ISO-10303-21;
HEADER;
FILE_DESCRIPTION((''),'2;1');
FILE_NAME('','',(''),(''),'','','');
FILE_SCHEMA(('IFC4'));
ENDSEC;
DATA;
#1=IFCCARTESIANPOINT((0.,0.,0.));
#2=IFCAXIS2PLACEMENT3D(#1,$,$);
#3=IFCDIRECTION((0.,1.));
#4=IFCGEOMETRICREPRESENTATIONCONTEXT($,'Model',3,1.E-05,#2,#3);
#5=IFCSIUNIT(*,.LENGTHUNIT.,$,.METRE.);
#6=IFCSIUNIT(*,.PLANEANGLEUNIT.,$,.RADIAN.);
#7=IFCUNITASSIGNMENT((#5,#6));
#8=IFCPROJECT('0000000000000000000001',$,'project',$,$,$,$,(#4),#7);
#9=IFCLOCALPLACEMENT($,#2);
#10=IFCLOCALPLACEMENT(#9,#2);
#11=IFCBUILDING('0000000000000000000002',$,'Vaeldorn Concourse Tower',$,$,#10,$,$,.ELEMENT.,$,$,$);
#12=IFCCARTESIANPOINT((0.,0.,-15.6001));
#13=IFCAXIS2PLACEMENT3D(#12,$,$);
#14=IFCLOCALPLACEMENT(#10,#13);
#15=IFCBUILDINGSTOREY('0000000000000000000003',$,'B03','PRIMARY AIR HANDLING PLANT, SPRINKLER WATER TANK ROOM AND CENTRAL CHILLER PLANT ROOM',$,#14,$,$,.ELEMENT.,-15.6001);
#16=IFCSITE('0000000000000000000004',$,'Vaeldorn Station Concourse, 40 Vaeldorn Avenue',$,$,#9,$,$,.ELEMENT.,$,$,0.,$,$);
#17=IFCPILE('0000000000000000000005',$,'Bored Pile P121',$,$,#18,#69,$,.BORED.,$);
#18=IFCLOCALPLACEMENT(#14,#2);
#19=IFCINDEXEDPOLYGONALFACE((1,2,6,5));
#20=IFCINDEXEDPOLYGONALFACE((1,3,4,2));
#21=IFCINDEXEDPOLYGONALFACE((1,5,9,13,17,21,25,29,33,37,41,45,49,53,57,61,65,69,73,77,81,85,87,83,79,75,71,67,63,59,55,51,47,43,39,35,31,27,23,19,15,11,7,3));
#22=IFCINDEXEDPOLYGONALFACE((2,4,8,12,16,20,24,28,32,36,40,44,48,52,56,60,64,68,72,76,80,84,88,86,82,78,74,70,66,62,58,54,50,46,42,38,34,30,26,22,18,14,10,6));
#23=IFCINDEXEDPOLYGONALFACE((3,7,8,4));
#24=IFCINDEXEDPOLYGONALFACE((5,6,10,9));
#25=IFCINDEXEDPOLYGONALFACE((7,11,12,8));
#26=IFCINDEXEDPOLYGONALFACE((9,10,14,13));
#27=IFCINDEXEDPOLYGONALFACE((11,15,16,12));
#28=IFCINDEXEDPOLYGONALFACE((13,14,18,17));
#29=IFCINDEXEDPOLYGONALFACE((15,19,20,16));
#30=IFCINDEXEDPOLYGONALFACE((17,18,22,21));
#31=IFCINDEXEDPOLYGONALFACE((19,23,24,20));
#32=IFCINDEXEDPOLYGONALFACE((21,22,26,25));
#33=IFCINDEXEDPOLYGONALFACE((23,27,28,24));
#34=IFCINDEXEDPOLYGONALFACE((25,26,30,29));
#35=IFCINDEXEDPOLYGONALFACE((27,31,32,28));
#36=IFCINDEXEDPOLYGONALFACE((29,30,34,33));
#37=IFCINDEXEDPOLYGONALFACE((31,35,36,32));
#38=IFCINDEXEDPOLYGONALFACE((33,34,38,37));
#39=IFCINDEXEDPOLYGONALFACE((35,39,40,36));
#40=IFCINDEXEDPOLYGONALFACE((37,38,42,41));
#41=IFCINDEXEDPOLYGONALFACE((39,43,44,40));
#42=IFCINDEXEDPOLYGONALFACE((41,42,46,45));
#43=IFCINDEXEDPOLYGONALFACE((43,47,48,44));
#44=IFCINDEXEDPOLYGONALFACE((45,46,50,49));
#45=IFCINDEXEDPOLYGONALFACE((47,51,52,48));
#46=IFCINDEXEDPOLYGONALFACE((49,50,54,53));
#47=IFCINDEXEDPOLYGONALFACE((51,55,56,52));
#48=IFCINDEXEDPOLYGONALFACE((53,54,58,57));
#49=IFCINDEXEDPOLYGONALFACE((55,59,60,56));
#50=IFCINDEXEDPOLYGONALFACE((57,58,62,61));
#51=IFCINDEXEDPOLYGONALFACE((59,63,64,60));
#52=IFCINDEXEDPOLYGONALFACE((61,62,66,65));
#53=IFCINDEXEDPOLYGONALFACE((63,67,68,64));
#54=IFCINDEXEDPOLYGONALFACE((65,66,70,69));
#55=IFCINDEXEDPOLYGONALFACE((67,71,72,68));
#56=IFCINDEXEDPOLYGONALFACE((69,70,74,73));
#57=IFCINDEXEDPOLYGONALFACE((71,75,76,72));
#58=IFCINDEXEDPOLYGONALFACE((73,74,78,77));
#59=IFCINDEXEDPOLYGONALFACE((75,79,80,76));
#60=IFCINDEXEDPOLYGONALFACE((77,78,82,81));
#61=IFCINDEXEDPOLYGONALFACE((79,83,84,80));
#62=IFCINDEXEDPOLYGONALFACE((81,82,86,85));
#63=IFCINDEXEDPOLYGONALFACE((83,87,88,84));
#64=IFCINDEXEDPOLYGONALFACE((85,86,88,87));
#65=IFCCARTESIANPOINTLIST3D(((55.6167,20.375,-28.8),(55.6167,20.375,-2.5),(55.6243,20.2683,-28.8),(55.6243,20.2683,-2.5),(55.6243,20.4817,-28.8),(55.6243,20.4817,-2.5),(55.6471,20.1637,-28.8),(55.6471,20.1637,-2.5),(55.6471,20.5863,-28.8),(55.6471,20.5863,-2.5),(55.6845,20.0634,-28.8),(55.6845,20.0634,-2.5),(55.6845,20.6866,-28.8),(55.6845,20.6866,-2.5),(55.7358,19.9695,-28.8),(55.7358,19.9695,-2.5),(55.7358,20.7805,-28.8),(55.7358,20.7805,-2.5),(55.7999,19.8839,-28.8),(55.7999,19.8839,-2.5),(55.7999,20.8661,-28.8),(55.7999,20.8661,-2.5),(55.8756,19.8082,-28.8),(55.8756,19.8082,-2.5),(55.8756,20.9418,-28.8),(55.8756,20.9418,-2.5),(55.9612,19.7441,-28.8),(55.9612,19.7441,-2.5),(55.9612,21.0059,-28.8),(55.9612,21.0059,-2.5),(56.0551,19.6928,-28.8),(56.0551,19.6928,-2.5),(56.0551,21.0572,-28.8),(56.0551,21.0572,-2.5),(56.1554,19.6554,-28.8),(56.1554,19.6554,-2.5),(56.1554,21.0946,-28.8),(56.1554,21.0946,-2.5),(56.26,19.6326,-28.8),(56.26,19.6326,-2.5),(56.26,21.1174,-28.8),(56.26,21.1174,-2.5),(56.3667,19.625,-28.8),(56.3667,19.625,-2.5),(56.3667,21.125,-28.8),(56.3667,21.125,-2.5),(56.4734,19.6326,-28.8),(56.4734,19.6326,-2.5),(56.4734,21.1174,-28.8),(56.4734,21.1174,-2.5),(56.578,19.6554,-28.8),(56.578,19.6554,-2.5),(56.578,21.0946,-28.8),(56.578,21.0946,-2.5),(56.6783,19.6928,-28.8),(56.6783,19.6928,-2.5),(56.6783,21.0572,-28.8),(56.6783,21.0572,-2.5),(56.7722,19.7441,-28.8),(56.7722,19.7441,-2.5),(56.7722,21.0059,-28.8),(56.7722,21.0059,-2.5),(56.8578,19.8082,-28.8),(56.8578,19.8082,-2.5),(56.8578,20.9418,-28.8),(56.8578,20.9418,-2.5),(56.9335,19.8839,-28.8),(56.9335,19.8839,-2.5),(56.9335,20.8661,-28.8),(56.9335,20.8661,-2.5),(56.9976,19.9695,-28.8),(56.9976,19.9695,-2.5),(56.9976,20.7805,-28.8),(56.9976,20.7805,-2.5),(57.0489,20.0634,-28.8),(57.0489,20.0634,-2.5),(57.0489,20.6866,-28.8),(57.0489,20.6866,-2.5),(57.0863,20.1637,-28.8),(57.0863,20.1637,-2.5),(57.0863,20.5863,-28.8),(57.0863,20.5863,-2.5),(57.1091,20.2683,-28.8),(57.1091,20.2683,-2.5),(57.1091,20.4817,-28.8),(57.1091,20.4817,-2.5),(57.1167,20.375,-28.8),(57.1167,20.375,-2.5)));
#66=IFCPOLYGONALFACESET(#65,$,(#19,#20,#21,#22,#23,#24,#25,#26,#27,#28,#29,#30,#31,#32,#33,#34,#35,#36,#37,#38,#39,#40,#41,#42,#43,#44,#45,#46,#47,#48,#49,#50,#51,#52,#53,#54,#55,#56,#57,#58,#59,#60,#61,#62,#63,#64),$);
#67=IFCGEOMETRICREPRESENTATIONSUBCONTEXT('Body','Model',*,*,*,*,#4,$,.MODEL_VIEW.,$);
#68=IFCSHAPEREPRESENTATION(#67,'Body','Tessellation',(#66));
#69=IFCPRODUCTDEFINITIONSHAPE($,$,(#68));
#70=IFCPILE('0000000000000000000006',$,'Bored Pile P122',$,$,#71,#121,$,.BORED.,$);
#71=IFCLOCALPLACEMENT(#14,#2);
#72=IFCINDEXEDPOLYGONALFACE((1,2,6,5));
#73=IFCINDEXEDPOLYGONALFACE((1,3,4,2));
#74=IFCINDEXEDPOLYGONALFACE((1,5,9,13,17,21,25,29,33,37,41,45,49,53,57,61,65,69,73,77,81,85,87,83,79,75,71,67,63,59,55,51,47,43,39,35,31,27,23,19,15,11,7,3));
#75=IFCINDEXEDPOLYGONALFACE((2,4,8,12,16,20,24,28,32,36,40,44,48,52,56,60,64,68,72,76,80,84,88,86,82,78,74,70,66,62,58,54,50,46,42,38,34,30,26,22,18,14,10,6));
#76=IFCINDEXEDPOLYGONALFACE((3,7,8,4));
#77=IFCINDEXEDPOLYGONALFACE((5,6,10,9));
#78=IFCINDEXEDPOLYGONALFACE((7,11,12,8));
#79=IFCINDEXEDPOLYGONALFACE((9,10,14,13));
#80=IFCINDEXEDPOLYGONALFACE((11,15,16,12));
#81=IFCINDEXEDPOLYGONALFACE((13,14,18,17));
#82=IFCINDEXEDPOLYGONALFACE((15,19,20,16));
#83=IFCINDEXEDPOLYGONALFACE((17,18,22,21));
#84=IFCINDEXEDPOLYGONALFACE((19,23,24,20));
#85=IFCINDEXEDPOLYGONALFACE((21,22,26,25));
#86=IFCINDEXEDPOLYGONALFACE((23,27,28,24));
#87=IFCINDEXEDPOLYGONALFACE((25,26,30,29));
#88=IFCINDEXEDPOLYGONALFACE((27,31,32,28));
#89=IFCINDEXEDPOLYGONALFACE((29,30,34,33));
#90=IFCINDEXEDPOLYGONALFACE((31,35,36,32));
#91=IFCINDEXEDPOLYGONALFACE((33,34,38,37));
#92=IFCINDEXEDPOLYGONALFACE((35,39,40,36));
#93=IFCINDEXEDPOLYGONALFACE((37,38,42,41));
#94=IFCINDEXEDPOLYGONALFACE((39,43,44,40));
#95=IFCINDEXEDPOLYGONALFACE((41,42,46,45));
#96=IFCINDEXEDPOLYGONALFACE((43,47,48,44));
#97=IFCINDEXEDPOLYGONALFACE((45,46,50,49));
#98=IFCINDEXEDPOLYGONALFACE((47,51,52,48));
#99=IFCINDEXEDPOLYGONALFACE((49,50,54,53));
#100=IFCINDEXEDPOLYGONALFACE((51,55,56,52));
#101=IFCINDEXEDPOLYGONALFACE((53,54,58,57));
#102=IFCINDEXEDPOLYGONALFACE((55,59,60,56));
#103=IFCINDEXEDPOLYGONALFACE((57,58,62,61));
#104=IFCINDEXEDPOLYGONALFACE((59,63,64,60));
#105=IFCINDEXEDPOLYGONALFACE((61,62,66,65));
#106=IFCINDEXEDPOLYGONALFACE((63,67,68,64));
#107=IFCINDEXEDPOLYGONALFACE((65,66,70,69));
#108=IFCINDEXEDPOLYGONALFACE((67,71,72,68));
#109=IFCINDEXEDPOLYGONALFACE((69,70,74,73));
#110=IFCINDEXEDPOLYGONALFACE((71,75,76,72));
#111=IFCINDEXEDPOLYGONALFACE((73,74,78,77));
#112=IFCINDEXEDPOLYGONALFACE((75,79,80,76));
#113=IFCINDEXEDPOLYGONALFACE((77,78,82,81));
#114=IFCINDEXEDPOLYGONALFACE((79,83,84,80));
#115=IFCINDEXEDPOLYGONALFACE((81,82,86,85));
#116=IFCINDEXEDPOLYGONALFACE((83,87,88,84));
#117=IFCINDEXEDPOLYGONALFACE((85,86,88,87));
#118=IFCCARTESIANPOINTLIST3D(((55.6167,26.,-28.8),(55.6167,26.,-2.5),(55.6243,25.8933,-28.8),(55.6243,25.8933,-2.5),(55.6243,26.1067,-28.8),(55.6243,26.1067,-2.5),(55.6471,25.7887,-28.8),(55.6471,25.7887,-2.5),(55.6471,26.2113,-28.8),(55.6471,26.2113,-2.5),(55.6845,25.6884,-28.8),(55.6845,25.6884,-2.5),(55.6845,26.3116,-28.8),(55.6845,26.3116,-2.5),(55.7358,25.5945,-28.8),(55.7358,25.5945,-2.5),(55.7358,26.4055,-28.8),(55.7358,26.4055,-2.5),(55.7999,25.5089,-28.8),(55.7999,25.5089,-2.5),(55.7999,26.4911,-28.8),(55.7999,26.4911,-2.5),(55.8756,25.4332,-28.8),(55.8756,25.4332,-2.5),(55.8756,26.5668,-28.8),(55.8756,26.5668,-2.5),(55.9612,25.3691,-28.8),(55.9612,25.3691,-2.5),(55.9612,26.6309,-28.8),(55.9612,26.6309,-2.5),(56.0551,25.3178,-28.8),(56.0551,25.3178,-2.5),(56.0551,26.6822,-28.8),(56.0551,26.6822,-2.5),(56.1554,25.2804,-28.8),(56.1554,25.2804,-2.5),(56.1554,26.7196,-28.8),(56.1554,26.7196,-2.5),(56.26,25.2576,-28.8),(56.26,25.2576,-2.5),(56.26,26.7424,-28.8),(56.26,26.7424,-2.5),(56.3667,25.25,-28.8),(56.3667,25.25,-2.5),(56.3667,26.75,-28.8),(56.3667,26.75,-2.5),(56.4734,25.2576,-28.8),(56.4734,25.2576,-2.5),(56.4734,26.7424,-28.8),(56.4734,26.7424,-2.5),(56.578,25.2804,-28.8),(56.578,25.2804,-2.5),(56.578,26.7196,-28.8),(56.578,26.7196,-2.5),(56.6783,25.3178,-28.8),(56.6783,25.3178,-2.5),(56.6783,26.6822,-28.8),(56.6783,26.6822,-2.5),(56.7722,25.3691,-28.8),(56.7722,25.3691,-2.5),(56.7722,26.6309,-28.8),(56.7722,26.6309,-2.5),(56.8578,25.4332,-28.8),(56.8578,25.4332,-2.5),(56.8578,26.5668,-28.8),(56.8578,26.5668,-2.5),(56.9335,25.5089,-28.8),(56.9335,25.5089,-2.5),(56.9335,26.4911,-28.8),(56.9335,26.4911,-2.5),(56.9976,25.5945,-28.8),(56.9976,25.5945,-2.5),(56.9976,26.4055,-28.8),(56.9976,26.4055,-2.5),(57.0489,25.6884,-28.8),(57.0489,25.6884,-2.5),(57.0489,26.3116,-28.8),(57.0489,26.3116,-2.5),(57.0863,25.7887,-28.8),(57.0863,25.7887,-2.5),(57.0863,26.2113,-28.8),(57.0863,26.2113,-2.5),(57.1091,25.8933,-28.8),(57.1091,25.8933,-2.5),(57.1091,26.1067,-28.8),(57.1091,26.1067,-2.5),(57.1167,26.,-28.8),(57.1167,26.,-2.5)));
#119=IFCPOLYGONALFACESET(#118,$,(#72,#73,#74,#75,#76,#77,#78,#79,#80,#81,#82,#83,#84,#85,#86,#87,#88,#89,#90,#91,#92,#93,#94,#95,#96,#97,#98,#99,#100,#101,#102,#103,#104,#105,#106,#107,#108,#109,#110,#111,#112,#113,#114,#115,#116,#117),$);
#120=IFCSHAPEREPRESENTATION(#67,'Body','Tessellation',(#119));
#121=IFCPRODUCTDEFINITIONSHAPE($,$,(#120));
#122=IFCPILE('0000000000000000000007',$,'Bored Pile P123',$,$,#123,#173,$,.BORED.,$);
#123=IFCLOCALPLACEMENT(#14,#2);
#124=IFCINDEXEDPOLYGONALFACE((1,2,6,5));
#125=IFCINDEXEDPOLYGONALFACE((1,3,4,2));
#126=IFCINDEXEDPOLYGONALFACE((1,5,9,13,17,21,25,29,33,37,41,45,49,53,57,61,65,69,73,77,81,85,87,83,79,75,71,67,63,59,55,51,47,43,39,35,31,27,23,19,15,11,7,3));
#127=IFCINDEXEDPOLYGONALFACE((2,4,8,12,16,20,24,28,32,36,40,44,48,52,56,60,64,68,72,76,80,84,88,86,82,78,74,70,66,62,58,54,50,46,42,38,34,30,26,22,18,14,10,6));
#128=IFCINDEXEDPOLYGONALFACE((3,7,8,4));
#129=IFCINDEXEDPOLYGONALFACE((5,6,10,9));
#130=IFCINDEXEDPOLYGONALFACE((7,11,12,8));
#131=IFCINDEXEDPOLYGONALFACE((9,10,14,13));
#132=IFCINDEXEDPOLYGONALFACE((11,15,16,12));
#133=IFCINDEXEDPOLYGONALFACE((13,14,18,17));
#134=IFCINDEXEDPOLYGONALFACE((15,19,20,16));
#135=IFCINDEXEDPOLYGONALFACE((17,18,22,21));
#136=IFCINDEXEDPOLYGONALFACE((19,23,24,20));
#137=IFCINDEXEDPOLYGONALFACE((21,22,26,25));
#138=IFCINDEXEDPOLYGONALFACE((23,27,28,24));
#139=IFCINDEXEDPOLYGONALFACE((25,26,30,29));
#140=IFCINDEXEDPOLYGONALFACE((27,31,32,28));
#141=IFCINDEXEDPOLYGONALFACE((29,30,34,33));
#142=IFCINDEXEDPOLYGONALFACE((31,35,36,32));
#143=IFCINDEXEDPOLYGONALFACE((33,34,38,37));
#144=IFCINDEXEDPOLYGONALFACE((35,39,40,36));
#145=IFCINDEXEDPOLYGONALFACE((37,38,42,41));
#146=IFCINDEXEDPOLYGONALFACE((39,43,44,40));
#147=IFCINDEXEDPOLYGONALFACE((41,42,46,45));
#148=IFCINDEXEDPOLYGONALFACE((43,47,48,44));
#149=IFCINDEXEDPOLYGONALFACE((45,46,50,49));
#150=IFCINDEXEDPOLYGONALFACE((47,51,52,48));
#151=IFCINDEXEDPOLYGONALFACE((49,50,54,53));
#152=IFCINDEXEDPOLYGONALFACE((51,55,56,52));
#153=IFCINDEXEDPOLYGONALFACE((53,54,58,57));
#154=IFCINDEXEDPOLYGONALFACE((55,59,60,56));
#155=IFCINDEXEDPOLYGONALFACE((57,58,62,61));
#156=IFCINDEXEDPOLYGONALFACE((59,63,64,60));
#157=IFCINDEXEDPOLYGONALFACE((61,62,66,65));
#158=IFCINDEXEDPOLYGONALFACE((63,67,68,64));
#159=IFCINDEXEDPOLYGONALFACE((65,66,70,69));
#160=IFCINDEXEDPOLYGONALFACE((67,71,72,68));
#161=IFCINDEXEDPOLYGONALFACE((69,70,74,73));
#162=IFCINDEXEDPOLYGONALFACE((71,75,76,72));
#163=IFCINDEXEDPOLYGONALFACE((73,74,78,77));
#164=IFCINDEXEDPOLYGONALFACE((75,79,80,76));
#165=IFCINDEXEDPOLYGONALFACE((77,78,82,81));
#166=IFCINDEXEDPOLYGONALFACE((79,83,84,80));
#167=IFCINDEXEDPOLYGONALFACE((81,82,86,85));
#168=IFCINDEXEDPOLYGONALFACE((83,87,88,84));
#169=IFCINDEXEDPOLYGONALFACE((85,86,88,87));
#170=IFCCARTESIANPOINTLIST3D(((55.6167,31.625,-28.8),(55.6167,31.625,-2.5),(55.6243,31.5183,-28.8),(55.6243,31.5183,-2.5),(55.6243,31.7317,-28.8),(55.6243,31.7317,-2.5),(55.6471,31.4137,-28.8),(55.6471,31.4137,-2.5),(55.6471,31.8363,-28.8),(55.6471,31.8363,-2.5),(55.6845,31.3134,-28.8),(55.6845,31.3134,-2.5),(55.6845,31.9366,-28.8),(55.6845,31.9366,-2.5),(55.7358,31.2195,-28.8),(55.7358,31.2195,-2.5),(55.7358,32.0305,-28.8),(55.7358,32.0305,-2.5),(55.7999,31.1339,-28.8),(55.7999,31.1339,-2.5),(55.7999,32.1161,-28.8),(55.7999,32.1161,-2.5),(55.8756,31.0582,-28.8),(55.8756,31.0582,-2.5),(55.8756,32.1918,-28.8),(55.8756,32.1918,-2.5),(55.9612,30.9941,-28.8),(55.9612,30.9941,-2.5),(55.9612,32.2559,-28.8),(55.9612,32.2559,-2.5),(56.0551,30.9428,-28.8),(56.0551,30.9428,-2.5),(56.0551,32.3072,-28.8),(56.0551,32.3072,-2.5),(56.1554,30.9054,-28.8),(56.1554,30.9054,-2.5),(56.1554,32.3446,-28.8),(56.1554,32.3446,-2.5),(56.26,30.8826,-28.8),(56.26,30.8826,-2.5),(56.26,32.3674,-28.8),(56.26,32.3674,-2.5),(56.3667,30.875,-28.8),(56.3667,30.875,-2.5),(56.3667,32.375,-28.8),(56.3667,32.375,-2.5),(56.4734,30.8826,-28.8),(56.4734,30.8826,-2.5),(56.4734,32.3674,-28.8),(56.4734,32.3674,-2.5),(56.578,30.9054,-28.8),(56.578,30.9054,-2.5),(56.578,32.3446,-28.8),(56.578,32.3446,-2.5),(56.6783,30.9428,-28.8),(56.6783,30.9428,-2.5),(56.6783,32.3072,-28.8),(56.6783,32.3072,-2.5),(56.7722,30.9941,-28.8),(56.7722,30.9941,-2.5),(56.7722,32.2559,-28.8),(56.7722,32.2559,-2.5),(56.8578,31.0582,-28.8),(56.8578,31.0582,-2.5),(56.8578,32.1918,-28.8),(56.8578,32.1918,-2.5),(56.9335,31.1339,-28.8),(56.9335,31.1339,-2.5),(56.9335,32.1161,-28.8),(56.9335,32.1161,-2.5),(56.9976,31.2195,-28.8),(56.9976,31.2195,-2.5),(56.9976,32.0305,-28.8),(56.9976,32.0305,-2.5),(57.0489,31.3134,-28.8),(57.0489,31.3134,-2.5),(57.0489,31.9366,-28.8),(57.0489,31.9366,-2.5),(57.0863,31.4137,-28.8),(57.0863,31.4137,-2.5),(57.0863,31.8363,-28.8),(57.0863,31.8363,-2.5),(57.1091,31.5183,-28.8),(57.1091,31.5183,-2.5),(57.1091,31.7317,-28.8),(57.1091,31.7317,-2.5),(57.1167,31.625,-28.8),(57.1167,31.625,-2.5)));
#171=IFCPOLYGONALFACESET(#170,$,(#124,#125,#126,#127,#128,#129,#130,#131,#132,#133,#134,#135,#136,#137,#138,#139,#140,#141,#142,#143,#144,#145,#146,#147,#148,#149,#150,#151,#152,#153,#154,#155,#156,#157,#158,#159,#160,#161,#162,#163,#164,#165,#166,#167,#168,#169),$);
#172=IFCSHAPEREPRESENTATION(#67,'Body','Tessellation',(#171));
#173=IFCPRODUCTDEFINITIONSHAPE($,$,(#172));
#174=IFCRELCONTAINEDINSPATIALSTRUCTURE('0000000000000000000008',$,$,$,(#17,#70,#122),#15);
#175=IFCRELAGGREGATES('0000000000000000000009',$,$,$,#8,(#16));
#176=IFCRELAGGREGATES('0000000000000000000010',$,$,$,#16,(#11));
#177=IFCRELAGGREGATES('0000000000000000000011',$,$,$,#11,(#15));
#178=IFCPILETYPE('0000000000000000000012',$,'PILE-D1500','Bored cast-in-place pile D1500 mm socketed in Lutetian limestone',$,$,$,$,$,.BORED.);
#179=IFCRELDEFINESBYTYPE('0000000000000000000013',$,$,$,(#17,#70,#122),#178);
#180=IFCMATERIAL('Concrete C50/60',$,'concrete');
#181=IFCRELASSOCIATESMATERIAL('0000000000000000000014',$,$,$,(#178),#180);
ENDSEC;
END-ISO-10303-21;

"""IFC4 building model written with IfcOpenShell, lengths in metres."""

from ifc_helpers import new_model, si_unit, direction, frame, origin, origin_2d, place, context, subcontext, project, spatial, circle, extrude, material, material_profile, profile_set, type_object, element, save


model = new_model("IFC4")

# Units and contexts
model_context = context("Model", 3, precision=1e-05, world=origin(), true_north=direction((0.0, 1.0)))
body_context = subcontext(model_context, "Body", "Model", "MODEL_VIEW")
ifc_project = project(units=[si_unit("LENGTHUNIT", "METRE"), si_unit("PLANEANGLEUNIT", "RADIAN")], contexts=[model_context])

# Site, building, storey
site_placement = place(None, origin())
site = spatial("IfcSite", under=ifc_project, at=site_placement, Name="Vaeldorn Station Concourse, 40 Vaeldorn Avenue", CompositionType="ELEMENT", RefElevation=0.0)
building_placement = place(site_placement, origin())
building = spatial("IfcBuilding", under=site, at=building_placement, Name="Vaeldorn Concourse Tower", CompositionType="ELEMENT")
storey_placement = place(building_placement, frame((0.0, 0.0, -15.6001)))
storey = spatial("IfcBuildingStorey", under=building, at=storey_placement, Name="B03", Description="PRIMARY AIR HANDLING PLANT, SPRINKLER WATER TANK ROOM AND CENTRAL CHILLER PLANT ROOM", CompositionType="ELEMENT", Elevation=-15.6001)

# Piles
ifc_material_1 = material(Name="Concrete C50/60", Category="concrete")
ifc_material_profile_1 = material_profile(ifc_material_1, circle(Radius=0.75, at=origin_2d()), Name="BORED PILE D1500")
ifc_profile_set_1 = profile_set([ifc_material_profile_1], Name="Concrete C50/60")
pile_type = type_object("IfcPileType", Name="PILE-D1500", Description="Bored cast-in-place pile D1500 mm socketed in Lutetian limestone", PredefinedType="BORED", material=ifc_profile_set_1)
for number, where, z_axis, x_axis, name in (
    (1, (56.3667, 20.375, -2.5), (0.0, 0.0, -1.0), (1.0, 0.0, 0.0), "Bored Pile P121"),
    (2, (56.3667, 26.0, -2.5), (0.0, 0.0, -1.0), (1.0, 0.0, 0.0), "Bored Pile P122"),
    (3, (56.3667, 31.625, -2.5), (0.0, 0.0, -1.0), (1.0, 0.0, 0.0), "Bored Pile P123"),
):
    element("IfcPile", number, at=place(storey_placement, frame(where, z_axis=z_axis, x_axis=x_axis)), inside=storey, type_object=pile_type, Name=name, PredefinedType="BORED", context=body_context, shape_type="SweptSolid", body=[
        extrude(circle(Radius=0.75, at=origin_2d()), origin(), (0.0, 0.0, 1.0), 26.3),
    ])

save(model, "model.ifc")
